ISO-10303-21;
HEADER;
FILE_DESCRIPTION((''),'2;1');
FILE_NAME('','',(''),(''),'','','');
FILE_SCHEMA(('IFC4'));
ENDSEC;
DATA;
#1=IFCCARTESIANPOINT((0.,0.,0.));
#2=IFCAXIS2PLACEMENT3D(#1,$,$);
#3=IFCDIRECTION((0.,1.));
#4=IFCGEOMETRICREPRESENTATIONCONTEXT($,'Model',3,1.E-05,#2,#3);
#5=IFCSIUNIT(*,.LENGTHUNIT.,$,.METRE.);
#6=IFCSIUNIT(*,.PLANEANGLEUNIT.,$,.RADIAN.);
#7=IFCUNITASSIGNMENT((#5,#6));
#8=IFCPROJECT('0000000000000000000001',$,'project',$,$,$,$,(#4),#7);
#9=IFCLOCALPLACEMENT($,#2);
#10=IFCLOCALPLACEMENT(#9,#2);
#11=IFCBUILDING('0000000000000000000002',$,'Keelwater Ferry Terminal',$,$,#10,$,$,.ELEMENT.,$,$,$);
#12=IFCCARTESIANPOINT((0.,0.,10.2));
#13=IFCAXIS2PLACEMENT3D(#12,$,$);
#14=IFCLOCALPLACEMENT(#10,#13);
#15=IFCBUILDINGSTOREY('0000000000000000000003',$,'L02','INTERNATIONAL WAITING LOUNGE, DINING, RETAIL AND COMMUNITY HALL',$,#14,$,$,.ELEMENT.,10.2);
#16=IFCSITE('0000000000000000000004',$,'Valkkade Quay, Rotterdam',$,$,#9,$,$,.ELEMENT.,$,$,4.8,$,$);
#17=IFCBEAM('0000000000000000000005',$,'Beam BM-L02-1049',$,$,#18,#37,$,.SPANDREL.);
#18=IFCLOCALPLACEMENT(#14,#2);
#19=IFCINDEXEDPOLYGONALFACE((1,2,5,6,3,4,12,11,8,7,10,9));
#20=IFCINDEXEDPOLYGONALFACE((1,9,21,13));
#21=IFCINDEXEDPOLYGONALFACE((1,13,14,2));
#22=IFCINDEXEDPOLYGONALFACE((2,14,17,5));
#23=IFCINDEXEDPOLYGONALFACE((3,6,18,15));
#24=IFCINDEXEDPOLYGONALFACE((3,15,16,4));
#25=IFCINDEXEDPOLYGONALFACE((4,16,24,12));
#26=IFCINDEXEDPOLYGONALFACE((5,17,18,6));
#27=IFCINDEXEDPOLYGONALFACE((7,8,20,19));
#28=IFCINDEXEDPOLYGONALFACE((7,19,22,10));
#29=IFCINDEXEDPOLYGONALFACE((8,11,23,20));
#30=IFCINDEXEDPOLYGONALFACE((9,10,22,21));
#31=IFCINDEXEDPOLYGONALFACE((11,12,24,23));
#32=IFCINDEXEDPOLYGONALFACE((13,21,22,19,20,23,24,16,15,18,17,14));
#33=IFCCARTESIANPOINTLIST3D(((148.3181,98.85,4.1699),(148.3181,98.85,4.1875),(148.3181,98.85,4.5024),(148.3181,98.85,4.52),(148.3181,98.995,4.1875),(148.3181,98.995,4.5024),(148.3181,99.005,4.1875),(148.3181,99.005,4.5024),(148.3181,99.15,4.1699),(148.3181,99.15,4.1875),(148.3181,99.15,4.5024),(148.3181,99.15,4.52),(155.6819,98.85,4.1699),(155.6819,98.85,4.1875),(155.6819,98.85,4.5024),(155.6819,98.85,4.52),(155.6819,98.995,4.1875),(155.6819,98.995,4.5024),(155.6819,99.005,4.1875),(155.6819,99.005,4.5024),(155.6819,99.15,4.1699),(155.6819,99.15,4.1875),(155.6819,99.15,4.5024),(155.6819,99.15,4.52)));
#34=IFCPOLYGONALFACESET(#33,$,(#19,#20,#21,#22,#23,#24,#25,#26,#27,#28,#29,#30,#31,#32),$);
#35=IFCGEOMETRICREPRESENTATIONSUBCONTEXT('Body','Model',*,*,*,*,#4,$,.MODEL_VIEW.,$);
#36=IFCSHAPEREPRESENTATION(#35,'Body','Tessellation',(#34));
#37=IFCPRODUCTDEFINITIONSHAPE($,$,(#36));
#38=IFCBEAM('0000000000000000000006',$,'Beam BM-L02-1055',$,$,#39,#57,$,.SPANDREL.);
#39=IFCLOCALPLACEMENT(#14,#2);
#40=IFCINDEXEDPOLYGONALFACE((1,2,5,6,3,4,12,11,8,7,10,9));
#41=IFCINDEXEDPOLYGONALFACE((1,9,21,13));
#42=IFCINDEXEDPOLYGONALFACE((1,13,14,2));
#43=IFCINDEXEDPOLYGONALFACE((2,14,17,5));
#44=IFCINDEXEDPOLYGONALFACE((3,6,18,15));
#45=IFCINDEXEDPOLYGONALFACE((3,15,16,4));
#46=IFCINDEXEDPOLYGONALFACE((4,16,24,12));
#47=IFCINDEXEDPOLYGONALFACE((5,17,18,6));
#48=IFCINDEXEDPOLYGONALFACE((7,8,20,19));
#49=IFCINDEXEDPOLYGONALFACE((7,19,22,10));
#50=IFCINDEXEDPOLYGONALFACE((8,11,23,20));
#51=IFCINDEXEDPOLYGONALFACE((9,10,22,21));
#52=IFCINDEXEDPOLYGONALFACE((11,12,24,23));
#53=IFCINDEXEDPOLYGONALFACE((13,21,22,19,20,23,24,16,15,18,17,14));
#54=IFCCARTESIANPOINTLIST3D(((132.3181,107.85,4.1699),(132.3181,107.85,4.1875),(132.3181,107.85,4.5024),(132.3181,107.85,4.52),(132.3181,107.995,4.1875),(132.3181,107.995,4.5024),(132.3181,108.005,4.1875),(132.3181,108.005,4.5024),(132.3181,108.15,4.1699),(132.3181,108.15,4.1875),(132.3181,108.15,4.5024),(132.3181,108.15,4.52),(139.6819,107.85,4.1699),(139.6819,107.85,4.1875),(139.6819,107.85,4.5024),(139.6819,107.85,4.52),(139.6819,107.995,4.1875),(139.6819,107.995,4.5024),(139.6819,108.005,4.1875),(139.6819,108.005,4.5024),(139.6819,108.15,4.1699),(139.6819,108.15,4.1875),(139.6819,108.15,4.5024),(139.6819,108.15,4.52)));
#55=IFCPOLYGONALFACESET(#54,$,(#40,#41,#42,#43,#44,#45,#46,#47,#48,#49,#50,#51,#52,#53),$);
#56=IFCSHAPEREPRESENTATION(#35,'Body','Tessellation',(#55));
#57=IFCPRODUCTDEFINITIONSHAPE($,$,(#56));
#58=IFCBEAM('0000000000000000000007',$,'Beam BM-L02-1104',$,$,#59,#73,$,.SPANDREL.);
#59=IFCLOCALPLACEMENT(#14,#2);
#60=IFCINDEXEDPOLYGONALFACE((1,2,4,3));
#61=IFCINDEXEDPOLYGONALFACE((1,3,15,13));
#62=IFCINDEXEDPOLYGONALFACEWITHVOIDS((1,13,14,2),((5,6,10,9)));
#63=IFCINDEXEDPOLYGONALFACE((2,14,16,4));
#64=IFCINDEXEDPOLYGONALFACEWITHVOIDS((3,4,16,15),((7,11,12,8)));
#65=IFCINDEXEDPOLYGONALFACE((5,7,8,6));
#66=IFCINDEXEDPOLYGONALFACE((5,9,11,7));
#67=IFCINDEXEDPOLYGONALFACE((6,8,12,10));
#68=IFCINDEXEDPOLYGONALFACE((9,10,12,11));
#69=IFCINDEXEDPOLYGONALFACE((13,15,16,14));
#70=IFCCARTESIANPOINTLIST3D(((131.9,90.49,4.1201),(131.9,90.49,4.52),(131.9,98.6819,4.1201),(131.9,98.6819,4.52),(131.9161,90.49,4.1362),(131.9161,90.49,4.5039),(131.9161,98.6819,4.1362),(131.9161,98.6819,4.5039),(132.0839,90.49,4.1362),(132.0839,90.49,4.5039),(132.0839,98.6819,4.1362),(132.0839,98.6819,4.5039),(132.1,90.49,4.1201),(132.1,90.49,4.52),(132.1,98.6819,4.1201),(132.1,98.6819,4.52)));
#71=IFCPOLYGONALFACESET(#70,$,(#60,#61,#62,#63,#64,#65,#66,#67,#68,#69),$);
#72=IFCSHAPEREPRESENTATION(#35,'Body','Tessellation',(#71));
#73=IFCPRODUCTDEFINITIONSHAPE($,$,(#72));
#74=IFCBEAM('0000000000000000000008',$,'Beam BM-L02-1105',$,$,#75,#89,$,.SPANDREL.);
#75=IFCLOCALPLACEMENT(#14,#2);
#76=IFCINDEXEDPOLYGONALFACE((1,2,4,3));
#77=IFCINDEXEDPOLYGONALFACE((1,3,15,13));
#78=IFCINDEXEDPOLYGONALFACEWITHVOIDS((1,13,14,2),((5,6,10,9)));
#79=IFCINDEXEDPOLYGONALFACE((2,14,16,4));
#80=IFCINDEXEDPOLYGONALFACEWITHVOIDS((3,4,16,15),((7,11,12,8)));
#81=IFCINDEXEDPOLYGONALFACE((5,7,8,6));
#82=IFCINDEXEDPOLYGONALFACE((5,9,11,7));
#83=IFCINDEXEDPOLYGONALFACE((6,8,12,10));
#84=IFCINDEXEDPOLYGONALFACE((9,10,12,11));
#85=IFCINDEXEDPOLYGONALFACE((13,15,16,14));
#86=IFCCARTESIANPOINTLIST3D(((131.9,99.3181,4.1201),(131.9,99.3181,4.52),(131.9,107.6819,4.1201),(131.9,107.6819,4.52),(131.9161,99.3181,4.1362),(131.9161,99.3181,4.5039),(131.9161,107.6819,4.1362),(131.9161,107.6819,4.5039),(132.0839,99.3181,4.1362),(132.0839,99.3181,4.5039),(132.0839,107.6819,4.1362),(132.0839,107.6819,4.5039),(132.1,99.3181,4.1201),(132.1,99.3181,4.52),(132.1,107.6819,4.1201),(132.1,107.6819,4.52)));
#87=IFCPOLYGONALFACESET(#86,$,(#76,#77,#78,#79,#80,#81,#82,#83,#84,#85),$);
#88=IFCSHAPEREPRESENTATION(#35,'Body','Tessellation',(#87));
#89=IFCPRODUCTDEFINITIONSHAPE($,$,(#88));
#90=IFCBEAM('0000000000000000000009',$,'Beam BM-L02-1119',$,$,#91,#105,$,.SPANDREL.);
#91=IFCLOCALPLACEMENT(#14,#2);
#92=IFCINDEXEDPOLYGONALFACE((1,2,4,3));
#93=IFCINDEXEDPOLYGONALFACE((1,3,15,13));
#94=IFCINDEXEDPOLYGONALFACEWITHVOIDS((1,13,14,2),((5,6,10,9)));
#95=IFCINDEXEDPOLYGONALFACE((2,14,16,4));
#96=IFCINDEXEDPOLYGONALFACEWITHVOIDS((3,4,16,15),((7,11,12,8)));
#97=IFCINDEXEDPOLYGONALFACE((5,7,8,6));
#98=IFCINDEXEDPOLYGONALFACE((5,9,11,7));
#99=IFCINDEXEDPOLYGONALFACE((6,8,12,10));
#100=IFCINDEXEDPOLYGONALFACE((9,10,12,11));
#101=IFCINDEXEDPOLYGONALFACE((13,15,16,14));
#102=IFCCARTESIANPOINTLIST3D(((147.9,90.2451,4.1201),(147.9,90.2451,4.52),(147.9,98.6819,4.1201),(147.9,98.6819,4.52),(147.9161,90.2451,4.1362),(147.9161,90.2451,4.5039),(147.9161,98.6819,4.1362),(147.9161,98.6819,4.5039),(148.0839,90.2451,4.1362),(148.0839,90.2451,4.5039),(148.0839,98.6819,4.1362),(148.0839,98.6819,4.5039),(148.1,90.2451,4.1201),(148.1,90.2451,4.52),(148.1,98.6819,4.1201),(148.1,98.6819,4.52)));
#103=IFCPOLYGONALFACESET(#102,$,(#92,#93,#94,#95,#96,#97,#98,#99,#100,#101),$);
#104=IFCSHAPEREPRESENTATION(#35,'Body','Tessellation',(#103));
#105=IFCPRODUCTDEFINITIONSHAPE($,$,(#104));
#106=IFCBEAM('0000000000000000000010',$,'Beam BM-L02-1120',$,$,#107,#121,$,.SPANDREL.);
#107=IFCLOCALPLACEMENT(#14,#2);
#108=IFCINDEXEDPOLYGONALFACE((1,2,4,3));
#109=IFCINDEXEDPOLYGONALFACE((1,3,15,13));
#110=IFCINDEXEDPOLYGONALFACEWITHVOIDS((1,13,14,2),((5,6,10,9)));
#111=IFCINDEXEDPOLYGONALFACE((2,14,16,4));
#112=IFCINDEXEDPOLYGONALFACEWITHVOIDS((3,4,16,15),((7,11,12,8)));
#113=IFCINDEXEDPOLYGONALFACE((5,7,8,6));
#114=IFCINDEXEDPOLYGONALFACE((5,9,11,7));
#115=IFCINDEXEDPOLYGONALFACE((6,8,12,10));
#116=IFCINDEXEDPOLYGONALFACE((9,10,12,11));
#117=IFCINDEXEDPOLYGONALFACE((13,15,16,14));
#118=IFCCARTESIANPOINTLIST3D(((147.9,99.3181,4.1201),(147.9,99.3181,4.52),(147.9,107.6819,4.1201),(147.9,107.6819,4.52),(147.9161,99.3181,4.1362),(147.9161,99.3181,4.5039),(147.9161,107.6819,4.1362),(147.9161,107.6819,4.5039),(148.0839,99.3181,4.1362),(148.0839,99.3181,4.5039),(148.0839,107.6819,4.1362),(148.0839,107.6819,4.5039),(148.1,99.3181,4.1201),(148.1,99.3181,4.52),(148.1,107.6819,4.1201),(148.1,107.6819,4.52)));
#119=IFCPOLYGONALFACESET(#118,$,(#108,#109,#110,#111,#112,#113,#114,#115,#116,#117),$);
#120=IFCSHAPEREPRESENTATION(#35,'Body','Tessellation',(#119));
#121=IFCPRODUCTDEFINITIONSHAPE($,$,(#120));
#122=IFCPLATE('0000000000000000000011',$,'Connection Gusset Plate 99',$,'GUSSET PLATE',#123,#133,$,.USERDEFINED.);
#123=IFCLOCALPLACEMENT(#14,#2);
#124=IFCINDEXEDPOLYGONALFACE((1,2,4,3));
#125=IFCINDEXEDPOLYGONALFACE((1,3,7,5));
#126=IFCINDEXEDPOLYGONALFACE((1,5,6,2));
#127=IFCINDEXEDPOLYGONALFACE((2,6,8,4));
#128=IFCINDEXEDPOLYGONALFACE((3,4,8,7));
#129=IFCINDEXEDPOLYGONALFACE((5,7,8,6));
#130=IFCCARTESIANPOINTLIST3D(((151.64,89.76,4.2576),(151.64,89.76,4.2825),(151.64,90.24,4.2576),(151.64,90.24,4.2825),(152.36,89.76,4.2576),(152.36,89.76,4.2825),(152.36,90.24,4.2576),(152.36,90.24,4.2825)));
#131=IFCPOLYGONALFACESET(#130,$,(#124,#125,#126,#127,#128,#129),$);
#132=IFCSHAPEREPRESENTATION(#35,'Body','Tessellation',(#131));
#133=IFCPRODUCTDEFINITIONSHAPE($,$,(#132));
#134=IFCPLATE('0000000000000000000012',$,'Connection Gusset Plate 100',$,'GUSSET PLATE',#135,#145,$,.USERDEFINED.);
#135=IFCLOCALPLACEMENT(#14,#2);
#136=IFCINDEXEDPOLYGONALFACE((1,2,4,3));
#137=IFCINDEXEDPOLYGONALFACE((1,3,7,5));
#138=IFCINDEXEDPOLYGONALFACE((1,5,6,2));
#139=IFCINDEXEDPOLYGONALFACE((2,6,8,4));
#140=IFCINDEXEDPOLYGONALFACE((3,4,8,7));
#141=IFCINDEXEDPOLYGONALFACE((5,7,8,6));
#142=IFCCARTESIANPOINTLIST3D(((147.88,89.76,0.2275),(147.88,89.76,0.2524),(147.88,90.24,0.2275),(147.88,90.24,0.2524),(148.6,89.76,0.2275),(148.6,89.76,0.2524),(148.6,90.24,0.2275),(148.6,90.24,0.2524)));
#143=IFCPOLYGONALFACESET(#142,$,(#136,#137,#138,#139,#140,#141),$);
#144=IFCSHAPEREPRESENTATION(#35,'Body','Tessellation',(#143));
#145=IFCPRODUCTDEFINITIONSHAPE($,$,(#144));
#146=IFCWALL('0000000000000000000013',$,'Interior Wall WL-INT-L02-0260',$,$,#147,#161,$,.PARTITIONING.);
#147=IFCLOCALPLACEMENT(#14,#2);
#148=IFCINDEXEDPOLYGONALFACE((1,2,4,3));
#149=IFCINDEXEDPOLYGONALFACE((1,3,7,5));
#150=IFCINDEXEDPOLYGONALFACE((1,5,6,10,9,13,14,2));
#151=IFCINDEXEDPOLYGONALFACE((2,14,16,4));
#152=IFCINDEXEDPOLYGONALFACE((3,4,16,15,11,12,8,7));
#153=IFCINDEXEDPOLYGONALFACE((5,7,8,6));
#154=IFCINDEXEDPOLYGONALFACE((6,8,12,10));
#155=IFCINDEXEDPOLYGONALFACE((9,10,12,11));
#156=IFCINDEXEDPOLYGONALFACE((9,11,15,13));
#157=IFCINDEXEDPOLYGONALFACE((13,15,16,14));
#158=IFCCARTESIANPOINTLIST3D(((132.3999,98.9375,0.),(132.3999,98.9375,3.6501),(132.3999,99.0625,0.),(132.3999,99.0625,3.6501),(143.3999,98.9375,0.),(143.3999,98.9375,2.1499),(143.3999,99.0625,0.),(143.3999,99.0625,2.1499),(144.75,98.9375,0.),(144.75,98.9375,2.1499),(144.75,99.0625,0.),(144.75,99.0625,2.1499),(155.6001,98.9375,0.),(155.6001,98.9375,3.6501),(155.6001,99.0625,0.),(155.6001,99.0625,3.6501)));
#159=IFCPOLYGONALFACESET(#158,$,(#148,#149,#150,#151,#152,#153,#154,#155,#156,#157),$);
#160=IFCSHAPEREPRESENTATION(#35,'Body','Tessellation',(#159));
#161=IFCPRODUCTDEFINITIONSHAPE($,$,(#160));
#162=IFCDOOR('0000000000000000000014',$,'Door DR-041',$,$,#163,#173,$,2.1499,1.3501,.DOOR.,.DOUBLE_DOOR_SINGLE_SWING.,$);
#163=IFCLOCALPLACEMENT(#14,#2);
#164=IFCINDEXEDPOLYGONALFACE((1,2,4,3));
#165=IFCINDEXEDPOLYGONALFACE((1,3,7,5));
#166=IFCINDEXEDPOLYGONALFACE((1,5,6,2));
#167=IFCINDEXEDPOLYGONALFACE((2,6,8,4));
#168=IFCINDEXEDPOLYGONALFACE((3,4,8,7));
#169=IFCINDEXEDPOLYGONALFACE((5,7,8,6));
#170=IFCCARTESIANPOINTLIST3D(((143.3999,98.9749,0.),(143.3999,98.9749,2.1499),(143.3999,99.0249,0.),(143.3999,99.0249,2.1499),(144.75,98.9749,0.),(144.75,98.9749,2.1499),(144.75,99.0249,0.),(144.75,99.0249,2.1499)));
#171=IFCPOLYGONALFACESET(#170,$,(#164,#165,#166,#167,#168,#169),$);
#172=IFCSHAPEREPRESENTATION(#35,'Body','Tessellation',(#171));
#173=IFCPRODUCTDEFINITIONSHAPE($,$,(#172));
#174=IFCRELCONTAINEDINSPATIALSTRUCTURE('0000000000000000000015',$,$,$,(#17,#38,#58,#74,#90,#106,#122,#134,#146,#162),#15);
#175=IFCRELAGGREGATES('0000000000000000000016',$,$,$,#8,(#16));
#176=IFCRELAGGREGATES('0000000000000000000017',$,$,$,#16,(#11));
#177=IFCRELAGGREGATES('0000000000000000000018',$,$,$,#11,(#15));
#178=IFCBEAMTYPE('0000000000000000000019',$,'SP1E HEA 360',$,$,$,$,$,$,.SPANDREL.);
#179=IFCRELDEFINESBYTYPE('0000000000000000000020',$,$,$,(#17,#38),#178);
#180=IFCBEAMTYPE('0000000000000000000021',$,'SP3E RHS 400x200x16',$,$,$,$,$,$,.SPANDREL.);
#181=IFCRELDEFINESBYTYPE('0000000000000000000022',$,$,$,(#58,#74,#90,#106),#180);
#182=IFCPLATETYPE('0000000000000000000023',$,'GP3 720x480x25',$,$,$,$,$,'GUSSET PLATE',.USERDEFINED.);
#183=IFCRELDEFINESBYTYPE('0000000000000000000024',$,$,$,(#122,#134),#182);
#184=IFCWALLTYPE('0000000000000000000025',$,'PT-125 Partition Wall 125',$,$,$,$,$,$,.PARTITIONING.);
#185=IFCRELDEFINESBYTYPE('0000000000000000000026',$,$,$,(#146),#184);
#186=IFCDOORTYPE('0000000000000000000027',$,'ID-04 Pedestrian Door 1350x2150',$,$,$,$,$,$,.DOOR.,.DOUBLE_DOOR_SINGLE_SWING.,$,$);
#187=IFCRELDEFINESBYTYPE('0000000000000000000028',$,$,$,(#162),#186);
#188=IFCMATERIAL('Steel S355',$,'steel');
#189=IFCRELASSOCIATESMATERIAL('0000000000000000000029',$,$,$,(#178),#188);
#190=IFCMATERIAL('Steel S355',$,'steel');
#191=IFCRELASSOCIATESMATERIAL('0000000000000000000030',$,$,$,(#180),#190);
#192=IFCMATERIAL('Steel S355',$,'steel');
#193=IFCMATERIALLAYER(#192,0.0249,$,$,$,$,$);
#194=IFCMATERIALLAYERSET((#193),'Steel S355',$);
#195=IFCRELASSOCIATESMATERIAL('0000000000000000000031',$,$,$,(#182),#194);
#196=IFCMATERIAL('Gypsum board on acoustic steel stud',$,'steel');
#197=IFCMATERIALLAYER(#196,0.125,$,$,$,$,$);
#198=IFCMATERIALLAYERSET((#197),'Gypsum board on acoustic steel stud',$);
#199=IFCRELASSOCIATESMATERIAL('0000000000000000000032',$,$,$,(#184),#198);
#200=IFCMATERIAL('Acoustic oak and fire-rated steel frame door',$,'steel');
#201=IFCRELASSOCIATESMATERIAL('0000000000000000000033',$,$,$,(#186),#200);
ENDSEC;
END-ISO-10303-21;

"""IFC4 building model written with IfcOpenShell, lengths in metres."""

from ifc_helpers import new_model, si_unit, direction, frame, frame_2d, origin, origin_2d, place, context, subcontext, project, spatial, rectangle, hollow_rectangle, i_section, extrude, material, layer, layer_set, material_profile, profile_set, type_object, element, fill, save


model = new_model("IFC4")

# Units and contexts
model_context = context("Model", 3, precision=1e-05, world=origin(), true_north=direction((0.0, 1.0)))
body_context = subcontext(model_context, "Body", "Model", "MODEL_VIEW")
ifc_project = project(units=[si_unit("LENGTHUNIT", "METRE"), si_unit("PLANEANGLEUNIT", "RADIAN")], contexts=[model_context])

# Site, building, storey
site_placement = place(None, origin())
site = spatial("IfcSite", under=ifc_project, at=site_placement, Name="Valkkade Quay, Rotterdam", CompositionType="ELEMENT", RefElevation=4.8)
building_placement = place(site_placement, origin())
building = spatial("IfcBuilding", under=site, at=building_placement, Name="Keelwater Ferry Terminal", CompositionType="ELEMENT")
storey_placement = place(building_placement, frame((0.0, 0.0, 10.2)))
storey = spatial("IfcBuildingStorey", under=building, at=storey_placement, Name="L02", Description="INTERNATIONAL WAITING LOUNGE, DINING, RETAIL AND COMMUNITY HALL", CompositionType="ELEMENT", Elevation=10.2)

# Beams
ifc_material_1 = material(Name="Steel S355", Category="steel")
ifc_material_profile_1 = material_profile(ifc_material_1, i_section(OverallWidth=0.3, OverallDepth=0.3501, WebThickness=0.01, FlangeThickness=0.0176, at=origin_2d()), Name="HEA 360")
ifc_profile_set_1 = profile_set([ifc_material_profile_1], Name="Steel S355")
beam_type_1 = type_object("IfcBeamType", Name="SP1E HEA 360", PredefinedType="SPANDREL", material=ifc_profile_set_1)
for number, where, z_axis, x_axis, name in (
    (1, (148.3181, 99.0, 4.345), (1.0, 0.0, 0.0), (0.0, 1.0, 0.0), "Beam BM-L02-1049"),
    (2, (132.3181, 108.0, 4.345), (1.0, 0.0, 0.0), (0.0, 1.0, 0.0), "Beam BM-L02-1055"),
):
    element("IfcBeam", number, at=place(storey_placement, frame(where, z_axis=z_axis, x_axis=x_axis)), inside=storey, type_object=beam_type_1, Name=name, PredefinedType="SPANDREL", context=body_context, shape_type="SweptSolid", body=[
        extrude(i_section(OverallWidth=0.3, OverallDepth=0.3501, WebThickness=0.01, FlangeThickness=0.0176, at=origin_2d()), origin(), (0.0, 0.0, 1.0), 7.3638),
    ])
ifc_material_2 = material(Name="Steel S355", Category="steel")
ifc_material_profile_2 = material_profile(ifc_material_2, hollow_rectangle(XDim=0.2, YDim=0.3999, WallThickness=0.0161, at=origin_2d()), Name="RHS 400x200x16")
ifc_profile_set_2 = profile_set([ifc_material_profile_2], Name="Steel S355")
beam_type_2 = type_object("IfcBeamType", Name="SP3E RHS 400x200x16", PredefinedType="SPANDREL", material=ifc_profile_set_2)
beam_1_placement = place(storey_placement, frame((132.0, 90.49, 4.3201), z_axis=(0.0, 1.0, 0.0), x_axis=(-1.0, 0.0, 0.0)))
element("IfcBeam", 3, at=beam_1_placement, inside=storey, type_object=beam_type_2, Name="Beam BM-L02-1104", PredefinedType="SPANDREL", context=body_context, shape_type="SweptSolid", body=[
    extrude(hollow_rectangle(XDim=0.2, YDim=0.3999, WallThickness=0.0161, at=origin_2d()), origin(), (0.0, 0.0, 1.0), 8.1919),
])
beam_2_placement = place(storey_placement, frame((132.0, 99.3181, 4.3201), z_axis=(0.0, 1.0, 0.0), x_axis=(-1.0, 0.0, 0.0)))
element("IfcBeam", 4, at=beam_2_placement, inside=storey, type_object=beam_type_2, Name="Beam BM-L02-1105", PredefinedType="SPANDREL", context=body_context, shape_type="SweptSolid", body=[
    extrude(hollow_rectangle(XDim=0.2, YDim=0.3999, WallThickness=0.0161, at=origin_2d()), origin(), (0.0, 0.0, 1.0), 8.3638),
])
beam_3_placement = place(storey_placement, frame((148.0, 90.2451, 4.3201), z_axis=(0.0, 1.0, 0.0), x_axis=(-1.0, 0.0, 0.0)))
element("IfcBeam", 5, at=beam_3_placement, inside=storey, type_object=beam_type_2, Name="Beam BM-L02-1119", PredefinedType="SPANDREL", context=body_context, shape_type="SweptSolid", body=[
    extrude(hollow_rectangle(XDim=0.2, YDim=0.3999, WallThickness=0.0161, at=origin_2d()), origin(), (0.0, 0.0, 1.0), 8.4368),
])
beam_4_placement = place(storey_placement, frame((148.0, 99.3181, 4.3201), z_axis=(0.0, 1.0, 0.0), x_axis=(-1.0, 0.0, 0.0)))
element("IfcBeam", 6, at=beam_4_placement, inside=storey, type_object=beam_type_2, Name="Beam BM-L02-1120", PredefinedType="SPANDREL", context=body_context, shape_type="SweptSolid", body=[
    extrude(hollow_rectangle(XDim=0.2, YDim=0.3999, WallThickness=0.0161, at=origin_2d()), origin(), (0.0, 0.0, 1.0), 8.3638),
])

# Plates
ifc_material_3 = material(Name="Steel S355", Category="steel")
ifc_layer_1 = layer(ifc_material_3, 0.0249)
ifc_layer_set_1 = layer_set([ifc_layer_1], Name="Steel S355")
plate_type = type_object("IfcPlateType", Name="GP3 720x480x25", ElementType="GUSSET PLATE", PredefinedType="USERDEFINED", material=ifc_layer_set_1)
for number, where, z_axis, x_axis, name in (
    (7, (152.0, 90.0, 4.2576), (0.0, 0.0, 1.0), (1.0, 0.0, 0.0), "Connection Gusset Plate 99"),
    (8, (148.24, 90.0, 0.2275), (0.0, 0.0, 1.0), (1.0, 0.0, 0.0), "Connection Gusset Plate 100"),
):
    element("IfcPlate", number, at=place(storey_placement, frame(where, z_axis=z_axis, x_axis=x_axis)), inside=storey, type_object=plate_type, Name=name, ObjectType="GUSSET PLATE", PredefinedType="USERDEFINED", context=body_context, shape_type="SweptSolid", body=[
        extrude(rectangle(XDim=0.72, YDim=0.48, at=origin_2d()), origin(), (0.0, 0.0, 1.0), 0.0249),
    ])

# Wall, opening, door
ifc_material_4 = material(Name="Gypsum board on acoustic steel stud", Category="steel")
ifc_layer_2 = layer(ifc_material_4, 0.125)
ifc_layer_set_2 = layer_set([ifc_layer_2], Name="Gypsum board on acoustic steel stud")
wall_type = type_object("IfcWallType", Name="PT-125 Partition Wall 125", PredefinedType="PARTITIONING", material=ifc_layer_set_2)
wall_placement = place(storey_placement, frame((132.3999, 99.0, 0.0), z_axis=(0.0, 0.0, 1.0), x_axis=(1.0, 0.0, 0.0)))
wall = element("IfcWall", 9, at=wall_placement, inside=storey, type_object=wall_type, Name="Interior Wall WL-INT-L02-0260", PredefinedType="PARTITIONING", context=body_context, shape_type="SweptSolid", body=[
    extrude(rectangle(XDim=23.2002, YDim=0.125, at=frame_2d((11.6001, 0.0))), origin(), (0.0, 0.0, 1.0), 3.6501),
])
opening_placement = place(wall_placement, frame((11.0, 0.0, 0.0)))
opening = element("IfcOpeningElement", 10, at=opening_placement, cuts=wall, PredefinedType="OPENING", context=body_context, shape_type="SweptSolid", body=[
    extrude(rectangle(XDim=1.3501, YDim=2.1499, at=frame_2d((0.675, 1.075))), frame((0.0, 0.0725, 0.0), z_axis=(0.0, -1.0, 0.0), x_axis=(1.0, 0.0, 0.0)), (0.0, 0.0, 1.0), 0.145),
])
ifc_material_5 = material(Name="Acoustic oak and fire-rated steel frame door", Category="steel")
door_type = type_object("IfcDoorType", Name="ID-04 Pedestrian Door 1350x2150", OperationType="DOUBLE_DOOR_SINGLE_SWING", PredefinedType="DOOR", material=ifc_material_5)
door_placement = place(opening_placement, origin())
door = element("IfcDoor", 11, at=door_placement, inside=storey, type_object=door_type, Name="Door DR-041", OperationType="DOUBLE_DOOR_SINGLE_SWING", OverallHeight=2.1499, OverallWidth=1.3501, PredefinedType="DOOR", context=body_context, shape_type="SweptSolid", body=[
    extrude(rectangle(XDim=1.3501, YDim=2.1499, at=frame_2d((0.675, 1.075))), frame((0.0, 0.0249, 0.0), z_axis=(0.0, -1.0, 0.0), x_axis=(1.0, 0.0, 0.0)), (0.0, 0.0, 1.0), 0.05),
])
fill(opening, door)

save(model, "model.ifc")
